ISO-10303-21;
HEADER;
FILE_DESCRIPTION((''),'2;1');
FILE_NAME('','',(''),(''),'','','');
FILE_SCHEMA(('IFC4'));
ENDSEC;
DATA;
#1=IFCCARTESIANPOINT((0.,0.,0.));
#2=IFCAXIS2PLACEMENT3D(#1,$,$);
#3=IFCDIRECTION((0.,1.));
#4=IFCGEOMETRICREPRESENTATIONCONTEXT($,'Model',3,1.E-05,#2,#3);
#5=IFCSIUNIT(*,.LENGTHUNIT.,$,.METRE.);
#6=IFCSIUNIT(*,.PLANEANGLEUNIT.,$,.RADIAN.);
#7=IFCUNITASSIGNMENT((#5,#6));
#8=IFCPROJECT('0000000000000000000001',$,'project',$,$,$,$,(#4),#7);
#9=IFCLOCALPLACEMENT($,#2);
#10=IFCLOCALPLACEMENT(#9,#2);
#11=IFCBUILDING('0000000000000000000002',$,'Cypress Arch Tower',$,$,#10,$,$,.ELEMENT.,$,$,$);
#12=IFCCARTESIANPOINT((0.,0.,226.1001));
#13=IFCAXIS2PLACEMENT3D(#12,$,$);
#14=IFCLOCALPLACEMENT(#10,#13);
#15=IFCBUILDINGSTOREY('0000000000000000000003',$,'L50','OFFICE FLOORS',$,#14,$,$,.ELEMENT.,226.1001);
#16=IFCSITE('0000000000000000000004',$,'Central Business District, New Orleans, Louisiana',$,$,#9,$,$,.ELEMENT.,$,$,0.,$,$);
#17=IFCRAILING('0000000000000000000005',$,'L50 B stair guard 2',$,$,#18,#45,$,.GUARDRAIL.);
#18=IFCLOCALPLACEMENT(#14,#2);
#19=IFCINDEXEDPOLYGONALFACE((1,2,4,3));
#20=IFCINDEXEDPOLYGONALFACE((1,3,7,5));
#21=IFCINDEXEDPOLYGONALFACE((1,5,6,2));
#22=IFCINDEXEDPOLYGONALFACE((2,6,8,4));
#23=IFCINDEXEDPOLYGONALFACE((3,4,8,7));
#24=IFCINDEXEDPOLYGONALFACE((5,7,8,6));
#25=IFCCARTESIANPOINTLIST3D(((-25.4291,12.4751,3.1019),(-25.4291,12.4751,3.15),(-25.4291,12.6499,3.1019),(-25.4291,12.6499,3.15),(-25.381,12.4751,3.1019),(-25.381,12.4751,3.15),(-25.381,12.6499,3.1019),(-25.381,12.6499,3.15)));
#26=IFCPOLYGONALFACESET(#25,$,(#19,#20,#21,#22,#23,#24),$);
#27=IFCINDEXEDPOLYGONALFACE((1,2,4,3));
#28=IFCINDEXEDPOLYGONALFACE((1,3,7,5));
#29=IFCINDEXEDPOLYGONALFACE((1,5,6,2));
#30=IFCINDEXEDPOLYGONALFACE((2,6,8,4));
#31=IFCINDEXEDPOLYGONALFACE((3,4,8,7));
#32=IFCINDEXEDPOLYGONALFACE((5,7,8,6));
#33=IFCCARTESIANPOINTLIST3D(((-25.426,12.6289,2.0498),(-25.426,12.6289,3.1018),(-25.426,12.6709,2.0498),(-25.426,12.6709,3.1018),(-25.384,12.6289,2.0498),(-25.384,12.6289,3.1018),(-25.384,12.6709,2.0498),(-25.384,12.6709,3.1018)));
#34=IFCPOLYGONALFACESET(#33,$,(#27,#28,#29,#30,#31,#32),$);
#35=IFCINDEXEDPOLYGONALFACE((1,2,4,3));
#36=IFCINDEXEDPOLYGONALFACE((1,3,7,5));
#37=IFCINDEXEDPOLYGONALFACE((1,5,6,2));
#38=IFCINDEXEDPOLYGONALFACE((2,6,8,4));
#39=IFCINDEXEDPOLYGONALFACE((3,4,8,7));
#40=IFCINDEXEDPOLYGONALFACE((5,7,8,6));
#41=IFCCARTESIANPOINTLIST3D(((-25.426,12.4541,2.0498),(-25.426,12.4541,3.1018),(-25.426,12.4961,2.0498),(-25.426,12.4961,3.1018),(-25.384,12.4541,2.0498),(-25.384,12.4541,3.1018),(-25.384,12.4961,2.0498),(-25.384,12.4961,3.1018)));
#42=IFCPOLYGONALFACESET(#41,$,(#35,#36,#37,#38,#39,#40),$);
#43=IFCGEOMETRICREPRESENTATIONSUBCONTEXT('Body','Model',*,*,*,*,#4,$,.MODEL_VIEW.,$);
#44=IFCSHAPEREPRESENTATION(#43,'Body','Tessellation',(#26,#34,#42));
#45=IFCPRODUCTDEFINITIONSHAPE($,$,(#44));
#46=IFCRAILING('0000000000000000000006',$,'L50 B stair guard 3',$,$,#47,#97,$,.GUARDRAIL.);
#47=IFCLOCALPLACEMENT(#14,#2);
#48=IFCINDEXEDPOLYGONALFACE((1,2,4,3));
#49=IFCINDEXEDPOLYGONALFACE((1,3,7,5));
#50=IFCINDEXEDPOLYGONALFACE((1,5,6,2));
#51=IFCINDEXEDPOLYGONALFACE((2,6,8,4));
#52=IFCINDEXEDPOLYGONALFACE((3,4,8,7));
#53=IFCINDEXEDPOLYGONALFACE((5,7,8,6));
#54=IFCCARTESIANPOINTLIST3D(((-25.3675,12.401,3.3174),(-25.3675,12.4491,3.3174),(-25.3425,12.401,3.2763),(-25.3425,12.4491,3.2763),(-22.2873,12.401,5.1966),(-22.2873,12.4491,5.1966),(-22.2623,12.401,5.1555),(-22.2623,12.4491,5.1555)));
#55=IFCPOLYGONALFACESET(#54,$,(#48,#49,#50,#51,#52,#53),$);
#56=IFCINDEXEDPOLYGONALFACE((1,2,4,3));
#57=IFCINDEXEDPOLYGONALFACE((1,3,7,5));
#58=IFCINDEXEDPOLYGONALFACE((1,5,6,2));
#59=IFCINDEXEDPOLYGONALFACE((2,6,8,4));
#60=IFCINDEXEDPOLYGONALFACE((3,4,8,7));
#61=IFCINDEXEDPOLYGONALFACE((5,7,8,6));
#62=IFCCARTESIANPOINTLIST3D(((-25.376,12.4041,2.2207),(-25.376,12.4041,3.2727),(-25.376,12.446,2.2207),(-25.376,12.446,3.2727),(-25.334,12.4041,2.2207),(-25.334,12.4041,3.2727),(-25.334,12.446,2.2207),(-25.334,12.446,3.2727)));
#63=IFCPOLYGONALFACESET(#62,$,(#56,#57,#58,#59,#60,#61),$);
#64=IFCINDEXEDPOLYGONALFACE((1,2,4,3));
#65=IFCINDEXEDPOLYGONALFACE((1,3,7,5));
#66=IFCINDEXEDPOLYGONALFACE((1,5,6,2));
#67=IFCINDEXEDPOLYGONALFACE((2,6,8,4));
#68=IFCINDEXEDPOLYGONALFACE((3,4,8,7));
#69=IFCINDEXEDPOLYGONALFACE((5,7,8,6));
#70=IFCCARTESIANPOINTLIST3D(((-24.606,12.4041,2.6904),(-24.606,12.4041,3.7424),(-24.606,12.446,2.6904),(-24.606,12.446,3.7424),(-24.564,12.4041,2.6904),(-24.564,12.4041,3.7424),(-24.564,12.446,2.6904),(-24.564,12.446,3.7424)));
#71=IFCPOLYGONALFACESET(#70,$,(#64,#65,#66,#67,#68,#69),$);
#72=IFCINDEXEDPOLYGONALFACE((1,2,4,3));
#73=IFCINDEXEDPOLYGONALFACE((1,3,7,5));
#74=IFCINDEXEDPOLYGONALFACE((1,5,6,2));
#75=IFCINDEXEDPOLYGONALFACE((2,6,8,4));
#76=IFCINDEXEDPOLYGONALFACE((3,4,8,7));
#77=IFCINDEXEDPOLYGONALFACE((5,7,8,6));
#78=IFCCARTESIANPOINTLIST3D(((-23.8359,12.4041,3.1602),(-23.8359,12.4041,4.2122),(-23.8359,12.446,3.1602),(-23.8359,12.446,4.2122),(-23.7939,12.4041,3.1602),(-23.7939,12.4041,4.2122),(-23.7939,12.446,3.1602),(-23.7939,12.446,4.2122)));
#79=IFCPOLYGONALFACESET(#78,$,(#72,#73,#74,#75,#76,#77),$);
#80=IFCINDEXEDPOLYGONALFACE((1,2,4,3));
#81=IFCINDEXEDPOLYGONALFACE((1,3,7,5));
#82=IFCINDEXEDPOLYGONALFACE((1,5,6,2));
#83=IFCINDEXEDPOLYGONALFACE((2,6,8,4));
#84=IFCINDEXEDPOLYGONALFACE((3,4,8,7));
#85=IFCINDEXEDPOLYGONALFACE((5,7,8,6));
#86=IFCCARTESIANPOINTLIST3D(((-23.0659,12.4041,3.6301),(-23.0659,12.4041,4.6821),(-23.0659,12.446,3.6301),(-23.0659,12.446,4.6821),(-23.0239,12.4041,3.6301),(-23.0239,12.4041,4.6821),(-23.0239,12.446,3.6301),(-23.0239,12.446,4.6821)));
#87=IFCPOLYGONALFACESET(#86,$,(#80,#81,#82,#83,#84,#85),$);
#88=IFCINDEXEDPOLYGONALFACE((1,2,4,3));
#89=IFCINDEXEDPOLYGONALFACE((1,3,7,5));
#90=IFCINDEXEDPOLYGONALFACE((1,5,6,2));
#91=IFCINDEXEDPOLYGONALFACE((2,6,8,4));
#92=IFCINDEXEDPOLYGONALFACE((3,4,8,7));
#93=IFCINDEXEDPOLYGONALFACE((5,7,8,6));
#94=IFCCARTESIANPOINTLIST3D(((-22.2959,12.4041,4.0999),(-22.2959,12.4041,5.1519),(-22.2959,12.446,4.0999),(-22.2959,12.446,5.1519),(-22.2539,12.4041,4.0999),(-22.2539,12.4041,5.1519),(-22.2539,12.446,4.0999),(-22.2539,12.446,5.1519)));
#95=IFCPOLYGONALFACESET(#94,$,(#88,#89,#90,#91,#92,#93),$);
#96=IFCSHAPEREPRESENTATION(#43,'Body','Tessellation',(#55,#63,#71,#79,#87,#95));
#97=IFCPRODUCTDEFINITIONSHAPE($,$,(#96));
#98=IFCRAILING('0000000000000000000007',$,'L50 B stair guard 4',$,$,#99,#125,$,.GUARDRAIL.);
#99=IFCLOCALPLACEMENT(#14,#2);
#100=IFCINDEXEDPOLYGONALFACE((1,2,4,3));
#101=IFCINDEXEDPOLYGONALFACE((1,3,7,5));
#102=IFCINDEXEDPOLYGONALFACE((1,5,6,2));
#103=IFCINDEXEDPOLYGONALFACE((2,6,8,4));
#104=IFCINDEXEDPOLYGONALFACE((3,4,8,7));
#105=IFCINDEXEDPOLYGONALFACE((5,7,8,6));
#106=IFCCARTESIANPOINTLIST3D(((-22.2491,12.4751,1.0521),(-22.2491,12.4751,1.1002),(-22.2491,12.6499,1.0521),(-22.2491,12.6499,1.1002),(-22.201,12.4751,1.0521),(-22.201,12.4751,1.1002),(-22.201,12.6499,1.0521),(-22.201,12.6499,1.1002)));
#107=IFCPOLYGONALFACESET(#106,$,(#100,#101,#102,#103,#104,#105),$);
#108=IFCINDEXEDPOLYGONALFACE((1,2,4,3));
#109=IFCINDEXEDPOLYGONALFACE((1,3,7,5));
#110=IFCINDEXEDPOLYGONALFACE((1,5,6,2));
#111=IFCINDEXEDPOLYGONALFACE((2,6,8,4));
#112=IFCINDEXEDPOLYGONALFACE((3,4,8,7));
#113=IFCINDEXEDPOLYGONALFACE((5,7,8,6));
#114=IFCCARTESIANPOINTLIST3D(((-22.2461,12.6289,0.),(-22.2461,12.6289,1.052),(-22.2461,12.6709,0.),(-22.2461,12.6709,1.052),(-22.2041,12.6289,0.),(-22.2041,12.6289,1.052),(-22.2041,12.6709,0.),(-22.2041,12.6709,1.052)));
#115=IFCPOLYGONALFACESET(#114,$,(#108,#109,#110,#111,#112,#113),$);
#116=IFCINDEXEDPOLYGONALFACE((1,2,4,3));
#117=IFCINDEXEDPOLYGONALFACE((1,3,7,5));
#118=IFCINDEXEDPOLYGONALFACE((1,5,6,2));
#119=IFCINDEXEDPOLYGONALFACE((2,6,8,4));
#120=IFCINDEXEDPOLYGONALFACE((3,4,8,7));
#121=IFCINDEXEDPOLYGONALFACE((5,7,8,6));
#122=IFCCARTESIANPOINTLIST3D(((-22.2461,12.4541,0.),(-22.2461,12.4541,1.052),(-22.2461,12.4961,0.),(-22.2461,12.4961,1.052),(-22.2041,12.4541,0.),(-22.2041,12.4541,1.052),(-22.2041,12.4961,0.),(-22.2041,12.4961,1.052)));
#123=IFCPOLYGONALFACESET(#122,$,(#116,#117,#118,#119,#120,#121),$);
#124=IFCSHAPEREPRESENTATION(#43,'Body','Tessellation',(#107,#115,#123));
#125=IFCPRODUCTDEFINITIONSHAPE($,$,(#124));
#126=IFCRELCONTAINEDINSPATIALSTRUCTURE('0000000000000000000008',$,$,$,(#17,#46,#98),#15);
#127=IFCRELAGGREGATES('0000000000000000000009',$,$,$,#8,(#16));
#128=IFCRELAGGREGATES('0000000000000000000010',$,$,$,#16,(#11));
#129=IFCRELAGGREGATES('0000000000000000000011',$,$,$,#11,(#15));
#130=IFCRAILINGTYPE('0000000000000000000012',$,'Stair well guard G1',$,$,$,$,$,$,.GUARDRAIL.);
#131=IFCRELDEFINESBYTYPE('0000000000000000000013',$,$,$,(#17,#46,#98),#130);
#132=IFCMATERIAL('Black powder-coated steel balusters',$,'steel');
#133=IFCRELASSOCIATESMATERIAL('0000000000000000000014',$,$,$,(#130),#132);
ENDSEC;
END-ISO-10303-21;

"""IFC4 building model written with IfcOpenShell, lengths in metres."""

from ifc_helpers import new_model, si_unit, direction, frame, origin, origin_2d, place, context, subcontext, project, spatial, rectangle, extrude, material, type_object, element, save


model = new_model("IFC4")

# Units and contexts
model_context = context("Model", 3, precision=1e-05, world=origin(), true_north=direction((0.0, 1.0)))
body_context = subcontext(model_context, "Body", "Model", "MODEL_VIEW")
ifc_project = project(units=[si_unit("LENGTHUNIT", "METRE"), si_unit("PLANEANGLEUNIT", "RADIAN")], contexts=[model_context])

# Site, building, storey
site_placement = place(None, origin())
site = spatial("IfcSite", under=ifc_project, at=site_placement, Name="Central Business District, New Orleans, Louisiana", CompositionType="ELEMENT", RefElevation=0.0)
building_placement = place(site_placement, origin())
building = spatial("IfcBuilding", under=site, at=building_placement, Name="Cypress Arch Tower", CompositionType="ELEMENT")
storey_placement = place(building_placement, frame((0.0, 0.0, 226.1001)))
storey = spatial("IfcBuildingStorey", under=building, at=storey_placement, Name="L50", Description="OFFICE FLOORS", CompositionType="ELEMENT", Elevation=226.1001)

# Railings
ifc_material_1 = material(Name="Black powder-coated steel balusters", Category="steel")
railing_type_1 = type_object("IfcRailingType", Name="Stair well guard G1", PredefinedType="GUARDRAIL", material=ifc_material_1)
railing_1_placement = place(storey_placement, frame((-25.405, 12.6499, 2.0498)))
element("IfcRailing", 1, at=railing_1_placement, inside=storey, type_object=railing_type_1, Name="L50 B stair guard 2", PredefinedType="GUARDRAIL", context=body_context, shape_type="SweptSolid", body=[
    extrude(rectangle(XDim=0.0481, YDim=0.0481, at=origin_2d()), frame((0.0, 0.0, 1.0762), z_axis=(0.0, -1.0, 0.0), x_axis=(1.0, 0.0, 0.0)), (0.0, 0.0, 1.0), 0.1748),
    extrude(rectangle(XDim=0.042, YDim=0.042, at=origin_2d()), origin(), (0.0, 0.0, 1.0), 1.052),
    extrude(rectangle(XDim=0.042, YDim=0.042, at=origin_2d()), frame((0.0, -0.1748, 0.0)), (0.0, 0.0, 1.0), 1.052),
])
railing_2_placement = place(storey_placement, frame((-25.355, 12.425, 2.2207)))
element("IfcRailing", 2, at=railing_2_placement, inside=storey, type_object=railing_type_1, Name="L50 B stair guard 3", PredefinedType="GUARDRAIL", context=body_context, shape_type="SweptSolid", body=[
    extrude(rectangle(XDim=0.0481, YDim=0.0481, at=origin_2d()), frame((0.0, 0.0, 1.0762), z_axis=(0.853666, 0.0, 0.52082), x_axis=(0.0, 1.0, 0.0)), (0.0, 0.0, 1.0), 3.6082),
    extrude(rectangle(XDim=0.042, YDim=0.042, at=origin_2d()), origin(), (0.0, 0.0, 1.0), 1.052),
    extrude(rectangle(XDim=0.042, YDim=0.042, at=origin_2d()), frame((0.77, 0.0, 0.4697)), (0.0, 0.0, 1.0), 1.052),
    extrude(rectangle(XDim=0.042, YDim=0.042, at=origin_2d()), frame((1.54, 0.0, 0.9395)), (0.0, 0.0, 1.0), 1.052),
    extrude(rectangle(XDim=0.042, YDim=0.042, at=origin_2d()), frame((2.3101, 0.0, 1.4094)), (0.0, 0.0, 1.0), 1.052),
    extrude(rectangle(XDim=0.042, YDim=0.042, at=origin_2d()), frame((3.0801, 0.0, 1.8792)), (0.0, 0.0, 1.0), 1.052),
])
railing_3_placement = place(storey_placement, frame((-22.2251, 12.6499, 0.0)))
element("IfcRailing", 3, at=railing_3_placement, inside=storey, type_object=railing_type_1, Name="L50 B stair guard 4", PredefinedType="GUARDRAIL", context=body_context, shape_type="SweptSolid", body=[
    extrude(rectangle(XDim=0.0481, YDim=0.0481, at=origin_2d()), frame((0.0, 0.0, 1.0762), z_axis=(0.0, -1.0, 0.0), x_axis=(1.0, 0.0, 0.0)), (0.0, 0.0, 1.0), 0.1748),
    extrude(rectangle(XDim=0.042, YDim=0.042, at=origin_2d()), origin(), (0.0, 0.0, 1.0), 1.052),
    extrude(rectangle(XDim=0.042, YDim=0.042, at=origin_2d()), frame((0.0, -0.1748, 0.0)), (0.0, 0.0, 1.0), 1.052),
])

save(model, "model.ifc")
